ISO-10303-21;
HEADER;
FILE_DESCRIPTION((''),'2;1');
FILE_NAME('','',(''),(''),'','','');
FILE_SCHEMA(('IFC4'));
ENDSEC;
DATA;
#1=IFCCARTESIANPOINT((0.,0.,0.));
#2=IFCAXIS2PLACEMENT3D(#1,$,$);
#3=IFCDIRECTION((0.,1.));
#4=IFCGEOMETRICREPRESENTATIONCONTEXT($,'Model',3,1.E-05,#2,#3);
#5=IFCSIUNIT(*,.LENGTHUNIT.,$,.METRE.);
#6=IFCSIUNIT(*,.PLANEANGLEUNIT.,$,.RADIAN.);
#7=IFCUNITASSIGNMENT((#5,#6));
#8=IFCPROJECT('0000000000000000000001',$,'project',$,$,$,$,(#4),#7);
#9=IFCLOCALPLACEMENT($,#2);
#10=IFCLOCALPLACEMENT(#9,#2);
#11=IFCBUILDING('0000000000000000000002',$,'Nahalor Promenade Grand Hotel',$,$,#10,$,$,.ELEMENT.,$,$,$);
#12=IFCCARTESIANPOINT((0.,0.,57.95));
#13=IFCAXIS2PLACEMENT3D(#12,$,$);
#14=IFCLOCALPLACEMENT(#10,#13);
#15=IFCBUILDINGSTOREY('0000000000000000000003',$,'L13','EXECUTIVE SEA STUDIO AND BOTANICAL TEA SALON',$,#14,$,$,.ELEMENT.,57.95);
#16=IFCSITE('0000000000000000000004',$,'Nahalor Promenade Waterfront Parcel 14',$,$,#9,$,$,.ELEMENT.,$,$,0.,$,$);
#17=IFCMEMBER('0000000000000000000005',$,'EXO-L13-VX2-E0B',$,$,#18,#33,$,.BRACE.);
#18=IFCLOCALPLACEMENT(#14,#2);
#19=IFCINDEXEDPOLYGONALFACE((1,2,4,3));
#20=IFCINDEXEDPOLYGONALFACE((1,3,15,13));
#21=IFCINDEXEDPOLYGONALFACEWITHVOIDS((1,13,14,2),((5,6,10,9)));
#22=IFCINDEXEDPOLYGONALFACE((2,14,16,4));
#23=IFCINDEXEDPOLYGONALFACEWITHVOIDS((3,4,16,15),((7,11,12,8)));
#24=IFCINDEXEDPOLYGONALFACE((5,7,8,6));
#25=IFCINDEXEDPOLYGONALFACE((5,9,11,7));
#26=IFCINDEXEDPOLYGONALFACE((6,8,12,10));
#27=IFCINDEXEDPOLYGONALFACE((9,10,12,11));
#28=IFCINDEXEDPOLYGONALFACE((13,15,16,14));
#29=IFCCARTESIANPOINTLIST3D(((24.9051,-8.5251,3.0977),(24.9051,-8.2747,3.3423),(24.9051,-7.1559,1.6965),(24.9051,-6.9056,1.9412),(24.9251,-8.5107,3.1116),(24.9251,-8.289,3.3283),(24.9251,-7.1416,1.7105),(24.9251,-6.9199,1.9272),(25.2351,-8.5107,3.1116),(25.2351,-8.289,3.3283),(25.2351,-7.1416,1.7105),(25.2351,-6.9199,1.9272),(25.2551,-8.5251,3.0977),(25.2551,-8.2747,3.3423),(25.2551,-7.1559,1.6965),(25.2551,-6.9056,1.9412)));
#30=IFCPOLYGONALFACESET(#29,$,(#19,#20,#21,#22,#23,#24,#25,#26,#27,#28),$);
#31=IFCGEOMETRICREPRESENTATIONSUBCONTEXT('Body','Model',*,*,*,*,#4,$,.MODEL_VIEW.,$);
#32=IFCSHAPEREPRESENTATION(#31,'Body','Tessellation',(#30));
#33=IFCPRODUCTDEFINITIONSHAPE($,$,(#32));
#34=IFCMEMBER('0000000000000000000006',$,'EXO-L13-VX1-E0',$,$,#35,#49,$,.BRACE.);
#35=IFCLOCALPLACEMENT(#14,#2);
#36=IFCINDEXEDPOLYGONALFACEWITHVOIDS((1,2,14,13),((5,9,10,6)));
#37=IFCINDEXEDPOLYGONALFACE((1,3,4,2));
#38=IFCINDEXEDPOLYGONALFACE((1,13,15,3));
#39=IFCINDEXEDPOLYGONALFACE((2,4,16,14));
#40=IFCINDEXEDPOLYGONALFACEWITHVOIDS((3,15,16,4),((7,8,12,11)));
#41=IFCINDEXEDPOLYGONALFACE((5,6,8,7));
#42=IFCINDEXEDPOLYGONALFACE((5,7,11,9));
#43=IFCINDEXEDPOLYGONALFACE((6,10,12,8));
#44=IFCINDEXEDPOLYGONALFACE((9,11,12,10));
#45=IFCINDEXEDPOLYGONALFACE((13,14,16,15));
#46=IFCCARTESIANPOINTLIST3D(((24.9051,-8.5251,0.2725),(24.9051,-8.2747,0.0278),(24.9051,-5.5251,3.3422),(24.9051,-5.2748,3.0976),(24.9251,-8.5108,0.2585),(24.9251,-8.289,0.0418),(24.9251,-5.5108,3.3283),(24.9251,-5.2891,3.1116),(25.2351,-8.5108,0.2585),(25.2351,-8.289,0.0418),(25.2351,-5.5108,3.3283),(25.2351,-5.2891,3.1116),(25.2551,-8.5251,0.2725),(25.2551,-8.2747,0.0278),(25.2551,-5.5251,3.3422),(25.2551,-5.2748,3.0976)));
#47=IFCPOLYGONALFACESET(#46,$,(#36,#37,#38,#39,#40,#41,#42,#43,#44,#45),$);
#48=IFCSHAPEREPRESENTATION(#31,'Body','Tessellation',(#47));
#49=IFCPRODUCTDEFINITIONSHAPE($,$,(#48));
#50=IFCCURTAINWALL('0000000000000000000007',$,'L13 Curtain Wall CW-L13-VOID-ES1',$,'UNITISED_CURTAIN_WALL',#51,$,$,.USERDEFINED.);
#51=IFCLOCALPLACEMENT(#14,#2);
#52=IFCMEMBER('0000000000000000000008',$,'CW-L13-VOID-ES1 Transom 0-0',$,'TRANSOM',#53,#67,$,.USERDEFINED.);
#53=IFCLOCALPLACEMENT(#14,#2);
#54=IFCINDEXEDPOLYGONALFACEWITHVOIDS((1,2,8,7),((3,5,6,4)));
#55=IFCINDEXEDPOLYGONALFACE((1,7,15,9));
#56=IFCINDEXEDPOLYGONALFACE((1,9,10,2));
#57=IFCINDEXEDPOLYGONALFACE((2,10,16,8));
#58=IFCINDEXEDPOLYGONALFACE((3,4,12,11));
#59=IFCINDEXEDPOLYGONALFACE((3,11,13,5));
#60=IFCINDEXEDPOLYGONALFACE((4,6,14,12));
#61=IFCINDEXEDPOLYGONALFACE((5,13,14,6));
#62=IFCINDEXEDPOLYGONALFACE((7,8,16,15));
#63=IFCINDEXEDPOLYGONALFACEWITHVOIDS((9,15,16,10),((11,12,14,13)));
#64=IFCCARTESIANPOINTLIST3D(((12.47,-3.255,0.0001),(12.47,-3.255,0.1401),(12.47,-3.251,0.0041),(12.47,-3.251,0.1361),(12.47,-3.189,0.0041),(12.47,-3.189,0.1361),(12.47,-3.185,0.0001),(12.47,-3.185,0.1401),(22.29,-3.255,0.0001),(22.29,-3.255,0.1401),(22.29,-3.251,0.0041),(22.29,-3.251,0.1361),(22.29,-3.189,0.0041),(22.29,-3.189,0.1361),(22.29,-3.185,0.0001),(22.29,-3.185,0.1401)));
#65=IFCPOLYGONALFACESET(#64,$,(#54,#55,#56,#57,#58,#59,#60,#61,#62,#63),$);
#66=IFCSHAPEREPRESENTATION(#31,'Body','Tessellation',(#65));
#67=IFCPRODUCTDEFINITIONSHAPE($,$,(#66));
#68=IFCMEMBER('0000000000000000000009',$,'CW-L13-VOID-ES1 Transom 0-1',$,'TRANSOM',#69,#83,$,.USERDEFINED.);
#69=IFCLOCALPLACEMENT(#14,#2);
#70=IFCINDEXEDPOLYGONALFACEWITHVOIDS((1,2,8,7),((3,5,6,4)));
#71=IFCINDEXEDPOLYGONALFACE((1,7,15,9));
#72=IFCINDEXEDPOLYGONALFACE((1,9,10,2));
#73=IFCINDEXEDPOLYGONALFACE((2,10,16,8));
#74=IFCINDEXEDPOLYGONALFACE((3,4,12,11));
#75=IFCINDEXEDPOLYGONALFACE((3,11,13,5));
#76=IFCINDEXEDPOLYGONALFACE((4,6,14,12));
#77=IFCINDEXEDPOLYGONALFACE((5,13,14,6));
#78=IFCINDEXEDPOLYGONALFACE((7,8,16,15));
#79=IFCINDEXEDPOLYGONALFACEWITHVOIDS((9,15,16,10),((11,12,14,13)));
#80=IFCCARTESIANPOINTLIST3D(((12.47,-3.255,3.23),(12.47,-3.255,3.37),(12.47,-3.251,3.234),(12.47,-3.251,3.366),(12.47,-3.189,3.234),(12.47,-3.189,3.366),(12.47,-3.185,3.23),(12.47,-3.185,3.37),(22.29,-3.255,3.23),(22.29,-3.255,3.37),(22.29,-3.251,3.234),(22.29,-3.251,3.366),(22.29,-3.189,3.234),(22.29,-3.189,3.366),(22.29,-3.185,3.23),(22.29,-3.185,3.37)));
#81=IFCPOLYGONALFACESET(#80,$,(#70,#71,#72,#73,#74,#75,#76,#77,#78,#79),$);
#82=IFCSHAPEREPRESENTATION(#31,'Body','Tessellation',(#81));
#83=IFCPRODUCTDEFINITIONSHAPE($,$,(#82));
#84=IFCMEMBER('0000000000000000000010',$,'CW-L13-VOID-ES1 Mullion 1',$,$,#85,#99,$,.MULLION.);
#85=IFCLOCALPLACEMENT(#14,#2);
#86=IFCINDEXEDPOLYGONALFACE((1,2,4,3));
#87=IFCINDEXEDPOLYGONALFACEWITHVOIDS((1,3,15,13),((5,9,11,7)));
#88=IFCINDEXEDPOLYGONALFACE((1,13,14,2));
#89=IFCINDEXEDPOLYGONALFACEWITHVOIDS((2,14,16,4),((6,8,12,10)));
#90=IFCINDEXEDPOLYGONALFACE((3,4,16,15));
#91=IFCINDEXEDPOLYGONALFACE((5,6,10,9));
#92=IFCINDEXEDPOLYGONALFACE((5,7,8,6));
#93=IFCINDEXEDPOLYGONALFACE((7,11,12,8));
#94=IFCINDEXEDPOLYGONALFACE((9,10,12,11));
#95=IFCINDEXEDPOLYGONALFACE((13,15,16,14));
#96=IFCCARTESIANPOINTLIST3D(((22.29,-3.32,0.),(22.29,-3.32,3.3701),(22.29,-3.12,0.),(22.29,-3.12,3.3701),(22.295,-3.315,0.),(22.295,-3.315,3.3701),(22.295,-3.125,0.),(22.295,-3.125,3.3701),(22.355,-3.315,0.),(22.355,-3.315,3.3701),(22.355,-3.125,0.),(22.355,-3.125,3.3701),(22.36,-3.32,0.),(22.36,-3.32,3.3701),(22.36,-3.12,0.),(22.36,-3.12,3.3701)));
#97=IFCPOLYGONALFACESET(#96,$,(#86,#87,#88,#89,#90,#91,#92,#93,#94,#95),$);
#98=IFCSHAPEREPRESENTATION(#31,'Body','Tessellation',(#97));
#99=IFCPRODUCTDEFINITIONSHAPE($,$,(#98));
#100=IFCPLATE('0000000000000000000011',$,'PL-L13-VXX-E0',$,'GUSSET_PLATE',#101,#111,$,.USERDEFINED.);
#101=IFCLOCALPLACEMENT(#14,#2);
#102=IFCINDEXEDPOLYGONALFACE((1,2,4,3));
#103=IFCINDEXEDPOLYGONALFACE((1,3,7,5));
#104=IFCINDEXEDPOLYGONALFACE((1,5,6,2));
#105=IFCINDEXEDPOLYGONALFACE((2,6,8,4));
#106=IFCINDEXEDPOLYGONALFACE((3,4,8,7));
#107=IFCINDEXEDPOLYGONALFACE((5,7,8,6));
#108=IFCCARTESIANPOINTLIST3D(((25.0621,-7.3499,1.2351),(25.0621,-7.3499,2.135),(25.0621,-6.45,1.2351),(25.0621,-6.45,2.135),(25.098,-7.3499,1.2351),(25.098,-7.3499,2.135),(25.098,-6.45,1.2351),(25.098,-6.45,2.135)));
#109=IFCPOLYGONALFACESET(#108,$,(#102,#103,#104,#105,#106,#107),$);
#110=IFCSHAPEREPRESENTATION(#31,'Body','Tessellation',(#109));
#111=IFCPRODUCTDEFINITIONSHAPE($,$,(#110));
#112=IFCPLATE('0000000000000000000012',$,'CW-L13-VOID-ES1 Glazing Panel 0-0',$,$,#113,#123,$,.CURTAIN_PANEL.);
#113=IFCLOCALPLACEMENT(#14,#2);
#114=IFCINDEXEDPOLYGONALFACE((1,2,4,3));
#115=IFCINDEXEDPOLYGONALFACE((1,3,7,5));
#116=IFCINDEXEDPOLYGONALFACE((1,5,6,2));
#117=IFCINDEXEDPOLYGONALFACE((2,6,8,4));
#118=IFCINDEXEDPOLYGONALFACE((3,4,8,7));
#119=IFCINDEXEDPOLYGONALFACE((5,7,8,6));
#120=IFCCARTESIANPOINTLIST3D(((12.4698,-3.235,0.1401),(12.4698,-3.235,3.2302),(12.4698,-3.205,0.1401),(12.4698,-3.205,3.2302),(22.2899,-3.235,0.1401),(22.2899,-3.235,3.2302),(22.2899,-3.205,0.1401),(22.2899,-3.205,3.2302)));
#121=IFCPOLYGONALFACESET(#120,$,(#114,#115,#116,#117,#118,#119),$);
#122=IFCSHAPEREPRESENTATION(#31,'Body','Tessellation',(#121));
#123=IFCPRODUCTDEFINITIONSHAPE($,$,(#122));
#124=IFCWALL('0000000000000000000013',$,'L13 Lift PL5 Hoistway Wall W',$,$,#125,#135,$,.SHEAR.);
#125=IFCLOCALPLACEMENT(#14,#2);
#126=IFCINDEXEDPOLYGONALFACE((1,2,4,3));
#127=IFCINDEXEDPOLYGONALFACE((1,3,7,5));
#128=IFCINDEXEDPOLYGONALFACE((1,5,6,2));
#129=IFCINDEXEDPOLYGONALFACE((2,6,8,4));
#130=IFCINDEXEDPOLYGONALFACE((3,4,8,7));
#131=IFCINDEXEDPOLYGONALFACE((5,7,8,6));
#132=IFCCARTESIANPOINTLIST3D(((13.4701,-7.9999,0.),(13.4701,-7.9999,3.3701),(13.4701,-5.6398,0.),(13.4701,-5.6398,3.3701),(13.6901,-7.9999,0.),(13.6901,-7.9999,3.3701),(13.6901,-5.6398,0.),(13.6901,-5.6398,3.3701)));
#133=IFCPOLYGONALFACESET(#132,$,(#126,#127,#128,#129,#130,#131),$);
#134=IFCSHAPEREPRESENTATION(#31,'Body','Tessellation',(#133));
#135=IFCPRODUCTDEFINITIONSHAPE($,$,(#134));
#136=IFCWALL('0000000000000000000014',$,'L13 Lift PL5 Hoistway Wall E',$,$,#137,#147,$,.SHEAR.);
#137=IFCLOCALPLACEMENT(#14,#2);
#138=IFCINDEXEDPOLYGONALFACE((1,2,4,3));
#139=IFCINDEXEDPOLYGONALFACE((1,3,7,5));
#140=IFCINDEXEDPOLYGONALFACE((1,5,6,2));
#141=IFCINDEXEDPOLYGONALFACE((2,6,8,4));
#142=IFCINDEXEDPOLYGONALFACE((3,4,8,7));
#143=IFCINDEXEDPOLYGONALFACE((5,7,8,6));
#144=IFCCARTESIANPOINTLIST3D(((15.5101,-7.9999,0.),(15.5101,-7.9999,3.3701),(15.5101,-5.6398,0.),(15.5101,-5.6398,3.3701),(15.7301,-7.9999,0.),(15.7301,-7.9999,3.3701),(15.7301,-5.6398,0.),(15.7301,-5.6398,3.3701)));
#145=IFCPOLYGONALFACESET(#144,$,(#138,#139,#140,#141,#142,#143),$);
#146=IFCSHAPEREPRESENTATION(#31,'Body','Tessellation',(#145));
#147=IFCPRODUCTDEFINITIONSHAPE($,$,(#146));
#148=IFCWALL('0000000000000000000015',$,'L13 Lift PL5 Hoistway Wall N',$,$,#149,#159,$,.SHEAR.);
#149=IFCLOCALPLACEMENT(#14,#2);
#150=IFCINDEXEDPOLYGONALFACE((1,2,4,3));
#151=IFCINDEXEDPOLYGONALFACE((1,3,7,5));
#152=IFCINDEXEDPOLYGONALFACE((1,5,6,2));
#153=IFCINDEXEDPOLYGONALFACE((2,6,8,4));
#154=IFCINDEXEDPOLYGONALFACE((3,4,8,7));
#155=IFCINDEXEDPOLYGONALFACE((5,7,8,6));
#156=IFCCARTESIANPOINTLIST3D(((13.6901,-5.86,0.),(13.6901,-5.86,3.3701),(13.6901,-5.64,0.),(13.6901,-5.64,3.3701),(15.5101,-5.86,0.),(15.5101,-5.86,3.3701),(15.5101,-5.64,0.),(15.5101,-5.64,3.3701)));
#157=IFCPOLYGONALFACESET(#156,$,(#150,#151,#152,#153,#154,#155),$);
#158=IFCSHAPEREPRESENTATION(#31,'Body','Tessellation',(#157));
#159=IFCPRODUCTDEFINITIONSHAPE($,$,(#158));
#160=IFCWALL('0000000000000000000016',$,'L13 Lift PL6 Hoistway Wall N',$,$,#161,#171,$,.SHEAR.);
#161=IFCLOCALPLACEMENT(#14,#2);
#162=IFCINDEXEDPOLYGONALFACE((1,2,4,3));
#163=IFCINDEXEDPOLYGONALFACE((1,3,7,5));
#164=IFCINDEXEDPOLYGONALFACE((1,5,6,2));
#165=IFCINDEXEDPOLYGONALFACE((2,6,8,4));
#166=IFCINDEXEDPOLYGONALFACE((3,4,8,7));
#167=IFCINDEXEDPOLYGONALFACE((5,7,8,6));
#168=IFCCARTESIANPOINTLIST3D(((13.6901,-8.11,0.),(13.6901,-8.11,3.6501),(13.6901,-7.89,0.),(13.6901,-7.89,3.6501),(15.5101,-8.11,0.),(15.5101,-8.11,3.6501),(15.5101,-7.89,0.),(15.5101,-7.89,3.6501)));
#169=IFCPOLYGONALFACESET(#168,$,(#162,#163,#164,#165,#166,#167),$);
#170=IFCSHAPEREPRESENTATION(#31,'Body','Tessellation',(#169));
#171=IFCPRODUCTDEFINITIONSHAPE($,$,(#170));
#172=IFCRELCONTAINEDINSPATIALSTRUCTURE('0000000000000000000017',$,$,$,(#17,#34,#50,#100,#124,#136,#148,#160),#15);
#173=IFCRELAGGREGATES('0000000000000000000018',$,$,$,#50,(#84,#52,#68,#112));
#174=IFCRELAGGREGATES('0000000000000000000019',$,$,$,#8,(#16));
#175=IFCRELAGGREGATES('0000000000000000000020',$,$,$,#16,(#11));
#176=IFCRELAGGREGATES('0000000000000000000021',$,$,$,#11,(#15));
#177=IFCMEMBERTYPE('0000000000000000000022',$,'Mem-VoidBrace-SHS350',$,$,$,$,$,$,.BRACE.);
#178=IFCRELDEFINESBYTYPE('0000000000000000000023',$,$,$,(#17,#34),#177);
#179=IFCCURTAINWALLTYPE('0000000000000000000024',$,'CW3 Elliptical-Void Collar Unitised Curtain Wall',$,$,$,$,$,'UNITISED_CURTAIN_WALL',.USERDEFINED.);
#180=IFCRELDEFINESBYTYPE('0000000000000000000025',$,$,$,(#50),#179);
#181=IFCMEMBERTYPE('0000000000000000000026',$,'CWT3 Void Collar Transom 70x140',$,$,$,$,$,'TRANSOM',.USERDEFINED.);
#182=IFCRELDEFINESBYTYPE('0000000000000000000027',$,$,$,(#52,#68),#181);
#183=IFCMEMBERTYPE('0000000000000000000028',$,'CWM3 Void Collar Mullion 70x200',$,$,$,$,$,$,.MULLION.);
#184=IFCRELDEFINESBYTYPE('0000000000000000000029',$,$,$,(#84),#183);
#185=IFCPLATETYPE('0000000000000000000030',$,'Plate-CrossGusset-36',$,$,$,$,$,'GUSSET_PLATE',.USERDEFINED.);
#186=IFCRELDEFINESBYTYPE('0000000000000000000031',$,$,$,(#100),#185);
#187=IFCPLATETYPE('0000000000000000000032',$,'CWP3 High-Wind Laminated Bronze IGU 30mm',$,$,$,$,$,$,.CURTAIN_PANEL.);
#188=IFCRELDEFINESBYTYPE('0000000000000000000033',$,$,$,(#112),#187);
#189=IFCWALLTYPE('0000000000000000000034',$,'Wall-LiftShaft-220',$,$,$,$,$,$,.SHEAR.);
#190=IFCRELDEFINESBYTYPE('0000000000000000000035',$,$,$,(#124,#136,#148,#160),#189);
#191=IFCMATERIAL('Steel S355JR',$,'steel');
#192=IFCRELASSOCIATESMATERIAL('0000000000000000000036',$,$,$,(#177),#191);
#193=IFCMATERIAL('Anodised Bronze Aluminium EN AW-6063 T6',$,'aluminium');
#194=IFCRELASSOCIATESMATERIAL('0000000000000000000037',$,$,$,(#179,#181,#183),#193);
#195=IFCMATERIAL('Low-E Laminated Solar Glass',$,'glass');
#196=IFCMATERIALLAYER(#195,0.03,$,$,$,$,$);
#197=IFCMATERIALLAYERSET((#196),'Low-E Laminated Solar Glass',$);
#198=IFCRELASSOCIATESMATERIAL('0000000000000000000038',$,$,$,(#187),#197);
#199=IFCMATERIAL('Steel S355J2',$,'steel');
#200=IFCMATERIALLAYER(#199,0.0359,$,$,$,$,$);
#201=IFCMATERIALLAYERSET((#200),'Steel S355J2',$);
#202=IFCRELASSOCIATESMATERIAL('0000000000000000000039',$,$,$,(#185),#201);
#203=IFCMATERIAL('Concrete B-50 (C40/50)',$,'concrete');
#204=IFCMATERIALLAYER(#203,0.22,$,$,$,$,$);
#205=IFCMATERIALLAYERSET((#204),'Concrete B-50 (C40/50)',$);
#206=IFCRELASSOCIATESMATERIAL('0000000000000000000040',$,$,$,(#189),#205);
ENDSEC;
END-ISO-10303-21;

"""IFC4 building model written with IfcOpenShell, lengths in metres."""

from ifc_helpers import new_model, si_unit, direction, frame, frame_2d, origin, origin_2d, place, context, subcontext, project, spatial, rectangle, hollow_rectangle, extrude, source, transform, mapped, material, layer, layer_set, material_profile, profile_set, type_object, element, aggregate, save


model = new_model("IFC4")

# Units and contexts
model_context = context("Model", 3, precision=1e-05, world=origin(), true_north=direction((0.0, 1.0)))
body_context = subcontext(model_context, "Body", "Model", "MODEL_VIEW")
ifc_project = project(units=[si_unit("LENGTHUNIT", "METRE"), si_unit("PLANEANGLEUNIT", "RADIAN")], contexts=[model_context])

# Site, building, storey
site_placement = place(None, origin())
site = spatial("IfcSite", under=ifc_project, at=site_placement, Name="Nahalor Promenade Waterfront Parcel 14", CompositionType="ELEMENT", RefElevation=0.0)
building_placement = place(site_placement, origin())
building = spatial("IfcBuilding", under=site, at=building_placement, Name="Nahalor Promenade Grand Hotel", CompositionType="ELEMENT")
storey_placement = place(building_placement, frame((0.0, 0.0, 57.95)))
storey = spatial("IfcBuildingStorey", under=building, at=storey_placement, Name="L13", Description="EXECUTIVE SEA STUDIO AND BOTANICAL TEA SALON", CompositionType="ELEMENT", Elevation=57.95)

# Shared definitions
ifc_material_1 = material(Name="Steel S355J2", Category="steel")

# Shared definitions
ifc_material_2 = material(Name="Steel S355JR", Category="steel")

# Members
ifc_material_profile_1 = material_profile(ifc_material_2, hollow_rectangle(XDim=0.35, YDim=0.35, WallThickness=0.02, at=origin_2d()), Name="SHS 350x350x20")
ifc_profile_set_1 = profile_set([ifc_material_profile_1], Name="Steel S355JR")
member_type_1 = type_object("IfcMemberType", Name="Mem-VoidBrace-SHS350", PredefinedType="BRACE", material=ifc_profile_set_1)
shared_shape_1 = source(origin(), body_context, "Body", "SweptSolid", [
    extrude(hollow_rectangle(XDim=0.35, YDim=0.35, WallThickness=0.02, at=origin_2d()), origin(), (0.0, 0.0, 1.0), 1.959),
])
member_1_placement = place(storey_placement, frame((25.0801, -7.0308, 1.8188), z_axis=(0.0, -0.698897, 0.715223), x_axis=(1.0, 0.0, 0.0)))
element("IfcMember", 1, at=member_1_placement, inside=storey, type_object=member_type_1, Name="EXO-L13-VX2-E0B", PredefinedType="BRACE", context=body_context, shape_type="MappedRepresentation", body=[
    mapped(shared_shape_1, transform((0.0, 0.0, 0.0), scale=1.0)),
])
shared_shape_2 = source(origin(), body_context, "Body", "SweptSolid", [
    extrude(hollow_rectangle(XDim=0.35, YDim=0.35, WallThickness=0.02, at=origin_2d()), origin(), (0.0, 0.0, 1.0), 4.2922),
])
member_2_placement = place(storey_placement, frame((25.0801, -8.3999, 0.1501), z_axis=(0.0, 0.698926, 0.715194), x_axis=(-1.0, 0.0, 0.0)))
element("IfcMember", 2, at=member_2_placement, inside=storey, type_object=member_type_1, Name="EXO-L13-VX1-E0", PredefinedType="BRACE", context=body_context, shape_type="MappedRepresentation", body=[
    mapped(shared_shape_2, transform((0.0, 0.0, 0.0), scale=1.0)),
])

# Curtain wall, members
ifc_material_3 = material(Name="Anodised Bronze Aluminium EN AW-6063 T6", Category="aluminium")
curtain_wall_type = type_object("IfcCurtainWallType", Name="CW3 Elliptical-Void Collar Unitised Curtain Wall", ElementType="UNITISED_CURTAIN_WALL", PredefinedType="USERDEFINED", material=ifc_material_3)
curtain_wall_1_placement = place(storey_placement, origin())
curtain_wall_1 = element("IfcCurtainWall", 3, at=curtain_wall_1_placement, inside=storey, type_object=curtain_wall_type, Name="L13 Curtain Wall CW-L13-VOID-ES1", ObjectType="UNITISED_CURTAIN_WALL", PredefinedType="USERDEFINED")
ifc_material_profile_2 = material_profile(ifc_material_3, hollow_rectangle(XDim=0.07, YDim=0.14, WallThickness=0.004, at=origin_2d()), Name="CWT 70x140x4")
ifc_profile_set_2 = profile_set([ifc_material_profile_2], Name="Anodised Bronze Aluminium EN AW-6063 T6")
member_type_2 = type_object("IfcMemberType", Name="CWT3 Void Collar Transom 70x140", ElementType="TRANSOM", PredefinedType="USERDEFINED", material=ifc_profile_set_2)
shared_shape_3 = source(origin(), body_context, "Body", "SweptSolid", [
    extrude(hollow_rectangle(XDim=0.07, YDim=0.14, WallThickness=0.004, at=origin_2d()), origin(), (0.0, 0.0, 1.0), 9.8201),
])
member_3_placement = place(storey_placement, frame((12.47, -3.22, 0.0701), z_axis=(1.0, 0.0, 0.0), x_axis=(0.0, 1.0, 0.0)))
member_3 = element("IfcMember", 4, at=member_3_placement, type_object=member_type_2, Name="CW-L13-VOID-ES1 Transom 0-0", ObjectType="TRANSOM", PredefinedType="USERDEFINED", context=body_context, shape_type="MappedRepresentation", body=[
    mapped(shared_shape_3, transform((0.0, 0.0, 0.0), scale=1.0)),
])
member_4_placement = place(storey_placement, frame((12.47, -3.22, 3.3), z_axis=(1.0, 0.0, 0.0), x_axis=(0.0, 1.0, 0.0)))
member_4 = element("IfcMember", 5, at=member_4_placement, type_object=member_type_2, Name="CW-L13-VOID-ES1 Transom 0-1", ObjectType="TRANSOM", PredefinedType="USERDEFINED", context=body_context, shape_type="MappedRepresentation", body=[
    mapped(shared_shape_3, transform((0.0, 0.0, 0.0), scale=1.0)),
])
ifc_material_profile_3 = material_profile(ifc_material_3, hollow_rectangle(XDim=0.07, YDim=0.2, WallThickness=0.005, at=origin_2d()), Name="CWM 70x200x5")
ifc_profile_set_3 = profile_set([ifc_material_profile_3], Name="Anodised Bronze Aluminium EN AW-6063 T6")
member_type_3 = type_object("IfcMemberType", Name="CWM3 Void Collar Mullion 70x200", PredefinedType="MULLION", material=ifc_profile_set_3)
shared_shape_4 = source(origin(), body_context, "Body", "SweptSolid", [
    extrude(hollow_rectangle(XDim=0.07, YDim=0.2, WallThickness=0.005, at=origin_2d()), origin(), (0.0, 0.0, 1.0), 3.3701),
])
member_5_placement = place(storey_placement, frame((22.325, -3.22, 0.0), z_axis=(0.0, 0.0, 1.0), x_axis=(1.0, 0.0, 0.0)))
member_5 = element("IfcMember", 6, at=member_5_placement, type_object=member_type_3, Name="CW-L13-VOID-ES1 Mullion 1", PredefinedType="MULLION", context=body_context, shape_type="MappedRepresentation", body=[
    mapped(shared_shape_4, transform((0.0, 0.0, 0.0), scale=1.0)),
])

# Shared definitions
ifc_material_4 = material(Name="Low-E Laminated Solar Glass", Category="glass")
ifc_layer_1 = layer(ifc_material_4, 0.03)
ifc_layer_set_1 = layer_set([ifc_layer_1], Name="Low-E Laminated Solar Glass")
plate_type_1 = type_object("IfcPlateType", Name="CWP3 High-Wind Laminated Bronze IGU 30mm", PredefinedType="CURTAIN_PANEL", material=ifc_layer_set_1)

# Plates
ifc_layer_2 = layer(ifc_material_1, 0.0359)
ifc_layer_set_2 = layer_set([ifc_layer_2], Name="Steel S355J2")
plate_type_2 = type_object("IfcPlateType", Name="Plate-CrossGusset-36", ElementType="GUSSET_PLATE", PredefinedType="USERDEFINED", material=ifc_layer_set_2)
shared_shape_5 = source(origin(), body_context, "Body", "SweptSolid", [
    extrude(rectangle(XDim=0.8999, YDim=0.0359, at=origin_2d()), origin(), (0.0, 0.0, 1.0), 0.8999),
])
plate_1_placement = place(storey_placement, frame((25.0801, -6.8999, 1.2351), z_axis=(0.0, 0.0, 1.0), x_axis=(0.0, 1.0, 0.0)))
element("IfcPlate", 7, at=plate_1_placement, inside=storey, type_object=plate_type_2, Name="PL-L13-VXX-E0", ObjectType="GUSSET_PLATE", PredefinedType="USERDEFINED", context=body_context, shape_type="MappedRepresentation", body=[
    mapped(shared_shape_5, transform((0.0, 0.0, 0.0), scale=1.0)),
])
shared_shape_6 = source(origin(), body_context, "Body", "SweptSolid", [
    extrude(rectangle(XDim=9.8201, YDim=0.03, at=origin_2d()), origin(), (0.0, 0.0, 1.0), 3.0901),
])
plate_2_placement = place(storey_placement, frame((17.3799, -3.22, 0.1401), z_axis=(0.0, 0.0, 1.0), x_axis=(1.0, 0.0, 0.0)))
plate_2 = element("IfcPlate", 8, at=plate_2_placement, type_object=plate_type_1, Name="CW-L13-VOID-ES1 Glazing Panel 0-0", PredefinedType="CURTAIN_PANEL", context=body_context, shape_type="MappedRepresentation", body=[
    mapped(shared_shape_6, transform((0.0, 0.0, 0.0), scale=1.0)),
])
aggregate(curtain_wall_1, [member_5, member_3, member_4, plate_2])

# Walls
ifc_material_5 = material(Name="Concrete B-50 (C40/50)", Category="concrete")
ifc_layer_3 = layer(ifc_material_5, 0.22)
ifc_layer_set_3 = layer_set([ifc_layer_3], Name="Concrete B-50 (C40/50)")
wall_type_1 = type_object("IfcWallType", Name="Wall-LiftShaft-220", PredefinedType="SHEAR", material=ifc_layer_set_3)
shared_shape_7 = source(origin(), body_context, "Body", "SweptSolid", [
    extrude(rectangle(XDim=2.3601, YDim=0.22, at=frame_2d((1.1802, 0.0))), origin(), (0.0, 0.0, 1.0), 3.3701),
])
for number, where, z_axis, x_axis, name in (
    (9, (13.5801, -8.0, 0.0), (0.0, 0.0, 1.0), (0.0, 1.0, 0.0), "L13 Lift PL5 Hoistway Wall W"),
    (10, (15.6201, -8.0, 0.0), (0.0, 0.0, 1.0), (0.0, 1.0, 0.0), "L13 Lift PL5 Hoistway Wall E"),
):
    element("IfcWall", number, at=place(storey_placement, frame(where, z_axis=z_axis, x_axis=x_axis)), inside=storey, type_object=wall_type_1, Name=name, PredefinedType="SHEAR", context=body_context, shape_type="MappedRepresentation", body=[
        mapped(shared_shape_7, transform((0.0, 0.0, 0.0), scale=1.0)),
    ])
shared_shape_8 = source(origin(), body_context, "Body", "SweptSolid", [
    extrude(rectangle(XDim=1.8201, YDim=0.22, at=frame_2d((0.9102, 0.0))), origin(), (0.0, 0.0, 1.0), 3.3701),
])
wall_1_placement = place(storey_placement, frame((13.6899, -5.75, 0.0), z_axis=(0.0, 0.0, 1.0), x_axis=(1.0, 0.0, 0.0)))
element("IfcWall", 11, at=wall_1_placement, inside=storey, type_object=wall_type_1, Name="L13 Lift PL5 Hoistway Wall N", PredefinedType="SHEAR", context=body_context, shape_type="MappedRepresentation", body=[
    mapped(shared_shape_8, transform((0.0, 0.0, 0.0), scale=1.0)),
])
shared_shape_9 = source(origin(), body_context, "Body", "SweptSolid", [
    extrude(rectangle(XDim=1.8201, YDim=0.22, at=frame_2d((0.9102, 0.0))), origin(), (0.0, 0.0, 1.0), 3.6501),
])
for number, where, z_axis, x_axis, name in (
    (12, (13.6899, -8.0, 0.0), (0.0, 0.0, 1.0), (1.0, 0.0, 0.0), "L13 Lift PL6 Hoistway Wall N"),
):
    element("IfcWall", number, at=place(storey_placement, frame(where, z_axis=z_axis, x_axis=x_axis)), inside=storey, type_object=wall_type_1, Name=name, PredefinedType="SHEAR", context=body_context, shape_type="MappedRepresentation", body=[
        mapped(shared_shape_9, transform((0.0, 0.0, 0.0), scale=1.0)),
    ])

save(model, "model.ifc")
